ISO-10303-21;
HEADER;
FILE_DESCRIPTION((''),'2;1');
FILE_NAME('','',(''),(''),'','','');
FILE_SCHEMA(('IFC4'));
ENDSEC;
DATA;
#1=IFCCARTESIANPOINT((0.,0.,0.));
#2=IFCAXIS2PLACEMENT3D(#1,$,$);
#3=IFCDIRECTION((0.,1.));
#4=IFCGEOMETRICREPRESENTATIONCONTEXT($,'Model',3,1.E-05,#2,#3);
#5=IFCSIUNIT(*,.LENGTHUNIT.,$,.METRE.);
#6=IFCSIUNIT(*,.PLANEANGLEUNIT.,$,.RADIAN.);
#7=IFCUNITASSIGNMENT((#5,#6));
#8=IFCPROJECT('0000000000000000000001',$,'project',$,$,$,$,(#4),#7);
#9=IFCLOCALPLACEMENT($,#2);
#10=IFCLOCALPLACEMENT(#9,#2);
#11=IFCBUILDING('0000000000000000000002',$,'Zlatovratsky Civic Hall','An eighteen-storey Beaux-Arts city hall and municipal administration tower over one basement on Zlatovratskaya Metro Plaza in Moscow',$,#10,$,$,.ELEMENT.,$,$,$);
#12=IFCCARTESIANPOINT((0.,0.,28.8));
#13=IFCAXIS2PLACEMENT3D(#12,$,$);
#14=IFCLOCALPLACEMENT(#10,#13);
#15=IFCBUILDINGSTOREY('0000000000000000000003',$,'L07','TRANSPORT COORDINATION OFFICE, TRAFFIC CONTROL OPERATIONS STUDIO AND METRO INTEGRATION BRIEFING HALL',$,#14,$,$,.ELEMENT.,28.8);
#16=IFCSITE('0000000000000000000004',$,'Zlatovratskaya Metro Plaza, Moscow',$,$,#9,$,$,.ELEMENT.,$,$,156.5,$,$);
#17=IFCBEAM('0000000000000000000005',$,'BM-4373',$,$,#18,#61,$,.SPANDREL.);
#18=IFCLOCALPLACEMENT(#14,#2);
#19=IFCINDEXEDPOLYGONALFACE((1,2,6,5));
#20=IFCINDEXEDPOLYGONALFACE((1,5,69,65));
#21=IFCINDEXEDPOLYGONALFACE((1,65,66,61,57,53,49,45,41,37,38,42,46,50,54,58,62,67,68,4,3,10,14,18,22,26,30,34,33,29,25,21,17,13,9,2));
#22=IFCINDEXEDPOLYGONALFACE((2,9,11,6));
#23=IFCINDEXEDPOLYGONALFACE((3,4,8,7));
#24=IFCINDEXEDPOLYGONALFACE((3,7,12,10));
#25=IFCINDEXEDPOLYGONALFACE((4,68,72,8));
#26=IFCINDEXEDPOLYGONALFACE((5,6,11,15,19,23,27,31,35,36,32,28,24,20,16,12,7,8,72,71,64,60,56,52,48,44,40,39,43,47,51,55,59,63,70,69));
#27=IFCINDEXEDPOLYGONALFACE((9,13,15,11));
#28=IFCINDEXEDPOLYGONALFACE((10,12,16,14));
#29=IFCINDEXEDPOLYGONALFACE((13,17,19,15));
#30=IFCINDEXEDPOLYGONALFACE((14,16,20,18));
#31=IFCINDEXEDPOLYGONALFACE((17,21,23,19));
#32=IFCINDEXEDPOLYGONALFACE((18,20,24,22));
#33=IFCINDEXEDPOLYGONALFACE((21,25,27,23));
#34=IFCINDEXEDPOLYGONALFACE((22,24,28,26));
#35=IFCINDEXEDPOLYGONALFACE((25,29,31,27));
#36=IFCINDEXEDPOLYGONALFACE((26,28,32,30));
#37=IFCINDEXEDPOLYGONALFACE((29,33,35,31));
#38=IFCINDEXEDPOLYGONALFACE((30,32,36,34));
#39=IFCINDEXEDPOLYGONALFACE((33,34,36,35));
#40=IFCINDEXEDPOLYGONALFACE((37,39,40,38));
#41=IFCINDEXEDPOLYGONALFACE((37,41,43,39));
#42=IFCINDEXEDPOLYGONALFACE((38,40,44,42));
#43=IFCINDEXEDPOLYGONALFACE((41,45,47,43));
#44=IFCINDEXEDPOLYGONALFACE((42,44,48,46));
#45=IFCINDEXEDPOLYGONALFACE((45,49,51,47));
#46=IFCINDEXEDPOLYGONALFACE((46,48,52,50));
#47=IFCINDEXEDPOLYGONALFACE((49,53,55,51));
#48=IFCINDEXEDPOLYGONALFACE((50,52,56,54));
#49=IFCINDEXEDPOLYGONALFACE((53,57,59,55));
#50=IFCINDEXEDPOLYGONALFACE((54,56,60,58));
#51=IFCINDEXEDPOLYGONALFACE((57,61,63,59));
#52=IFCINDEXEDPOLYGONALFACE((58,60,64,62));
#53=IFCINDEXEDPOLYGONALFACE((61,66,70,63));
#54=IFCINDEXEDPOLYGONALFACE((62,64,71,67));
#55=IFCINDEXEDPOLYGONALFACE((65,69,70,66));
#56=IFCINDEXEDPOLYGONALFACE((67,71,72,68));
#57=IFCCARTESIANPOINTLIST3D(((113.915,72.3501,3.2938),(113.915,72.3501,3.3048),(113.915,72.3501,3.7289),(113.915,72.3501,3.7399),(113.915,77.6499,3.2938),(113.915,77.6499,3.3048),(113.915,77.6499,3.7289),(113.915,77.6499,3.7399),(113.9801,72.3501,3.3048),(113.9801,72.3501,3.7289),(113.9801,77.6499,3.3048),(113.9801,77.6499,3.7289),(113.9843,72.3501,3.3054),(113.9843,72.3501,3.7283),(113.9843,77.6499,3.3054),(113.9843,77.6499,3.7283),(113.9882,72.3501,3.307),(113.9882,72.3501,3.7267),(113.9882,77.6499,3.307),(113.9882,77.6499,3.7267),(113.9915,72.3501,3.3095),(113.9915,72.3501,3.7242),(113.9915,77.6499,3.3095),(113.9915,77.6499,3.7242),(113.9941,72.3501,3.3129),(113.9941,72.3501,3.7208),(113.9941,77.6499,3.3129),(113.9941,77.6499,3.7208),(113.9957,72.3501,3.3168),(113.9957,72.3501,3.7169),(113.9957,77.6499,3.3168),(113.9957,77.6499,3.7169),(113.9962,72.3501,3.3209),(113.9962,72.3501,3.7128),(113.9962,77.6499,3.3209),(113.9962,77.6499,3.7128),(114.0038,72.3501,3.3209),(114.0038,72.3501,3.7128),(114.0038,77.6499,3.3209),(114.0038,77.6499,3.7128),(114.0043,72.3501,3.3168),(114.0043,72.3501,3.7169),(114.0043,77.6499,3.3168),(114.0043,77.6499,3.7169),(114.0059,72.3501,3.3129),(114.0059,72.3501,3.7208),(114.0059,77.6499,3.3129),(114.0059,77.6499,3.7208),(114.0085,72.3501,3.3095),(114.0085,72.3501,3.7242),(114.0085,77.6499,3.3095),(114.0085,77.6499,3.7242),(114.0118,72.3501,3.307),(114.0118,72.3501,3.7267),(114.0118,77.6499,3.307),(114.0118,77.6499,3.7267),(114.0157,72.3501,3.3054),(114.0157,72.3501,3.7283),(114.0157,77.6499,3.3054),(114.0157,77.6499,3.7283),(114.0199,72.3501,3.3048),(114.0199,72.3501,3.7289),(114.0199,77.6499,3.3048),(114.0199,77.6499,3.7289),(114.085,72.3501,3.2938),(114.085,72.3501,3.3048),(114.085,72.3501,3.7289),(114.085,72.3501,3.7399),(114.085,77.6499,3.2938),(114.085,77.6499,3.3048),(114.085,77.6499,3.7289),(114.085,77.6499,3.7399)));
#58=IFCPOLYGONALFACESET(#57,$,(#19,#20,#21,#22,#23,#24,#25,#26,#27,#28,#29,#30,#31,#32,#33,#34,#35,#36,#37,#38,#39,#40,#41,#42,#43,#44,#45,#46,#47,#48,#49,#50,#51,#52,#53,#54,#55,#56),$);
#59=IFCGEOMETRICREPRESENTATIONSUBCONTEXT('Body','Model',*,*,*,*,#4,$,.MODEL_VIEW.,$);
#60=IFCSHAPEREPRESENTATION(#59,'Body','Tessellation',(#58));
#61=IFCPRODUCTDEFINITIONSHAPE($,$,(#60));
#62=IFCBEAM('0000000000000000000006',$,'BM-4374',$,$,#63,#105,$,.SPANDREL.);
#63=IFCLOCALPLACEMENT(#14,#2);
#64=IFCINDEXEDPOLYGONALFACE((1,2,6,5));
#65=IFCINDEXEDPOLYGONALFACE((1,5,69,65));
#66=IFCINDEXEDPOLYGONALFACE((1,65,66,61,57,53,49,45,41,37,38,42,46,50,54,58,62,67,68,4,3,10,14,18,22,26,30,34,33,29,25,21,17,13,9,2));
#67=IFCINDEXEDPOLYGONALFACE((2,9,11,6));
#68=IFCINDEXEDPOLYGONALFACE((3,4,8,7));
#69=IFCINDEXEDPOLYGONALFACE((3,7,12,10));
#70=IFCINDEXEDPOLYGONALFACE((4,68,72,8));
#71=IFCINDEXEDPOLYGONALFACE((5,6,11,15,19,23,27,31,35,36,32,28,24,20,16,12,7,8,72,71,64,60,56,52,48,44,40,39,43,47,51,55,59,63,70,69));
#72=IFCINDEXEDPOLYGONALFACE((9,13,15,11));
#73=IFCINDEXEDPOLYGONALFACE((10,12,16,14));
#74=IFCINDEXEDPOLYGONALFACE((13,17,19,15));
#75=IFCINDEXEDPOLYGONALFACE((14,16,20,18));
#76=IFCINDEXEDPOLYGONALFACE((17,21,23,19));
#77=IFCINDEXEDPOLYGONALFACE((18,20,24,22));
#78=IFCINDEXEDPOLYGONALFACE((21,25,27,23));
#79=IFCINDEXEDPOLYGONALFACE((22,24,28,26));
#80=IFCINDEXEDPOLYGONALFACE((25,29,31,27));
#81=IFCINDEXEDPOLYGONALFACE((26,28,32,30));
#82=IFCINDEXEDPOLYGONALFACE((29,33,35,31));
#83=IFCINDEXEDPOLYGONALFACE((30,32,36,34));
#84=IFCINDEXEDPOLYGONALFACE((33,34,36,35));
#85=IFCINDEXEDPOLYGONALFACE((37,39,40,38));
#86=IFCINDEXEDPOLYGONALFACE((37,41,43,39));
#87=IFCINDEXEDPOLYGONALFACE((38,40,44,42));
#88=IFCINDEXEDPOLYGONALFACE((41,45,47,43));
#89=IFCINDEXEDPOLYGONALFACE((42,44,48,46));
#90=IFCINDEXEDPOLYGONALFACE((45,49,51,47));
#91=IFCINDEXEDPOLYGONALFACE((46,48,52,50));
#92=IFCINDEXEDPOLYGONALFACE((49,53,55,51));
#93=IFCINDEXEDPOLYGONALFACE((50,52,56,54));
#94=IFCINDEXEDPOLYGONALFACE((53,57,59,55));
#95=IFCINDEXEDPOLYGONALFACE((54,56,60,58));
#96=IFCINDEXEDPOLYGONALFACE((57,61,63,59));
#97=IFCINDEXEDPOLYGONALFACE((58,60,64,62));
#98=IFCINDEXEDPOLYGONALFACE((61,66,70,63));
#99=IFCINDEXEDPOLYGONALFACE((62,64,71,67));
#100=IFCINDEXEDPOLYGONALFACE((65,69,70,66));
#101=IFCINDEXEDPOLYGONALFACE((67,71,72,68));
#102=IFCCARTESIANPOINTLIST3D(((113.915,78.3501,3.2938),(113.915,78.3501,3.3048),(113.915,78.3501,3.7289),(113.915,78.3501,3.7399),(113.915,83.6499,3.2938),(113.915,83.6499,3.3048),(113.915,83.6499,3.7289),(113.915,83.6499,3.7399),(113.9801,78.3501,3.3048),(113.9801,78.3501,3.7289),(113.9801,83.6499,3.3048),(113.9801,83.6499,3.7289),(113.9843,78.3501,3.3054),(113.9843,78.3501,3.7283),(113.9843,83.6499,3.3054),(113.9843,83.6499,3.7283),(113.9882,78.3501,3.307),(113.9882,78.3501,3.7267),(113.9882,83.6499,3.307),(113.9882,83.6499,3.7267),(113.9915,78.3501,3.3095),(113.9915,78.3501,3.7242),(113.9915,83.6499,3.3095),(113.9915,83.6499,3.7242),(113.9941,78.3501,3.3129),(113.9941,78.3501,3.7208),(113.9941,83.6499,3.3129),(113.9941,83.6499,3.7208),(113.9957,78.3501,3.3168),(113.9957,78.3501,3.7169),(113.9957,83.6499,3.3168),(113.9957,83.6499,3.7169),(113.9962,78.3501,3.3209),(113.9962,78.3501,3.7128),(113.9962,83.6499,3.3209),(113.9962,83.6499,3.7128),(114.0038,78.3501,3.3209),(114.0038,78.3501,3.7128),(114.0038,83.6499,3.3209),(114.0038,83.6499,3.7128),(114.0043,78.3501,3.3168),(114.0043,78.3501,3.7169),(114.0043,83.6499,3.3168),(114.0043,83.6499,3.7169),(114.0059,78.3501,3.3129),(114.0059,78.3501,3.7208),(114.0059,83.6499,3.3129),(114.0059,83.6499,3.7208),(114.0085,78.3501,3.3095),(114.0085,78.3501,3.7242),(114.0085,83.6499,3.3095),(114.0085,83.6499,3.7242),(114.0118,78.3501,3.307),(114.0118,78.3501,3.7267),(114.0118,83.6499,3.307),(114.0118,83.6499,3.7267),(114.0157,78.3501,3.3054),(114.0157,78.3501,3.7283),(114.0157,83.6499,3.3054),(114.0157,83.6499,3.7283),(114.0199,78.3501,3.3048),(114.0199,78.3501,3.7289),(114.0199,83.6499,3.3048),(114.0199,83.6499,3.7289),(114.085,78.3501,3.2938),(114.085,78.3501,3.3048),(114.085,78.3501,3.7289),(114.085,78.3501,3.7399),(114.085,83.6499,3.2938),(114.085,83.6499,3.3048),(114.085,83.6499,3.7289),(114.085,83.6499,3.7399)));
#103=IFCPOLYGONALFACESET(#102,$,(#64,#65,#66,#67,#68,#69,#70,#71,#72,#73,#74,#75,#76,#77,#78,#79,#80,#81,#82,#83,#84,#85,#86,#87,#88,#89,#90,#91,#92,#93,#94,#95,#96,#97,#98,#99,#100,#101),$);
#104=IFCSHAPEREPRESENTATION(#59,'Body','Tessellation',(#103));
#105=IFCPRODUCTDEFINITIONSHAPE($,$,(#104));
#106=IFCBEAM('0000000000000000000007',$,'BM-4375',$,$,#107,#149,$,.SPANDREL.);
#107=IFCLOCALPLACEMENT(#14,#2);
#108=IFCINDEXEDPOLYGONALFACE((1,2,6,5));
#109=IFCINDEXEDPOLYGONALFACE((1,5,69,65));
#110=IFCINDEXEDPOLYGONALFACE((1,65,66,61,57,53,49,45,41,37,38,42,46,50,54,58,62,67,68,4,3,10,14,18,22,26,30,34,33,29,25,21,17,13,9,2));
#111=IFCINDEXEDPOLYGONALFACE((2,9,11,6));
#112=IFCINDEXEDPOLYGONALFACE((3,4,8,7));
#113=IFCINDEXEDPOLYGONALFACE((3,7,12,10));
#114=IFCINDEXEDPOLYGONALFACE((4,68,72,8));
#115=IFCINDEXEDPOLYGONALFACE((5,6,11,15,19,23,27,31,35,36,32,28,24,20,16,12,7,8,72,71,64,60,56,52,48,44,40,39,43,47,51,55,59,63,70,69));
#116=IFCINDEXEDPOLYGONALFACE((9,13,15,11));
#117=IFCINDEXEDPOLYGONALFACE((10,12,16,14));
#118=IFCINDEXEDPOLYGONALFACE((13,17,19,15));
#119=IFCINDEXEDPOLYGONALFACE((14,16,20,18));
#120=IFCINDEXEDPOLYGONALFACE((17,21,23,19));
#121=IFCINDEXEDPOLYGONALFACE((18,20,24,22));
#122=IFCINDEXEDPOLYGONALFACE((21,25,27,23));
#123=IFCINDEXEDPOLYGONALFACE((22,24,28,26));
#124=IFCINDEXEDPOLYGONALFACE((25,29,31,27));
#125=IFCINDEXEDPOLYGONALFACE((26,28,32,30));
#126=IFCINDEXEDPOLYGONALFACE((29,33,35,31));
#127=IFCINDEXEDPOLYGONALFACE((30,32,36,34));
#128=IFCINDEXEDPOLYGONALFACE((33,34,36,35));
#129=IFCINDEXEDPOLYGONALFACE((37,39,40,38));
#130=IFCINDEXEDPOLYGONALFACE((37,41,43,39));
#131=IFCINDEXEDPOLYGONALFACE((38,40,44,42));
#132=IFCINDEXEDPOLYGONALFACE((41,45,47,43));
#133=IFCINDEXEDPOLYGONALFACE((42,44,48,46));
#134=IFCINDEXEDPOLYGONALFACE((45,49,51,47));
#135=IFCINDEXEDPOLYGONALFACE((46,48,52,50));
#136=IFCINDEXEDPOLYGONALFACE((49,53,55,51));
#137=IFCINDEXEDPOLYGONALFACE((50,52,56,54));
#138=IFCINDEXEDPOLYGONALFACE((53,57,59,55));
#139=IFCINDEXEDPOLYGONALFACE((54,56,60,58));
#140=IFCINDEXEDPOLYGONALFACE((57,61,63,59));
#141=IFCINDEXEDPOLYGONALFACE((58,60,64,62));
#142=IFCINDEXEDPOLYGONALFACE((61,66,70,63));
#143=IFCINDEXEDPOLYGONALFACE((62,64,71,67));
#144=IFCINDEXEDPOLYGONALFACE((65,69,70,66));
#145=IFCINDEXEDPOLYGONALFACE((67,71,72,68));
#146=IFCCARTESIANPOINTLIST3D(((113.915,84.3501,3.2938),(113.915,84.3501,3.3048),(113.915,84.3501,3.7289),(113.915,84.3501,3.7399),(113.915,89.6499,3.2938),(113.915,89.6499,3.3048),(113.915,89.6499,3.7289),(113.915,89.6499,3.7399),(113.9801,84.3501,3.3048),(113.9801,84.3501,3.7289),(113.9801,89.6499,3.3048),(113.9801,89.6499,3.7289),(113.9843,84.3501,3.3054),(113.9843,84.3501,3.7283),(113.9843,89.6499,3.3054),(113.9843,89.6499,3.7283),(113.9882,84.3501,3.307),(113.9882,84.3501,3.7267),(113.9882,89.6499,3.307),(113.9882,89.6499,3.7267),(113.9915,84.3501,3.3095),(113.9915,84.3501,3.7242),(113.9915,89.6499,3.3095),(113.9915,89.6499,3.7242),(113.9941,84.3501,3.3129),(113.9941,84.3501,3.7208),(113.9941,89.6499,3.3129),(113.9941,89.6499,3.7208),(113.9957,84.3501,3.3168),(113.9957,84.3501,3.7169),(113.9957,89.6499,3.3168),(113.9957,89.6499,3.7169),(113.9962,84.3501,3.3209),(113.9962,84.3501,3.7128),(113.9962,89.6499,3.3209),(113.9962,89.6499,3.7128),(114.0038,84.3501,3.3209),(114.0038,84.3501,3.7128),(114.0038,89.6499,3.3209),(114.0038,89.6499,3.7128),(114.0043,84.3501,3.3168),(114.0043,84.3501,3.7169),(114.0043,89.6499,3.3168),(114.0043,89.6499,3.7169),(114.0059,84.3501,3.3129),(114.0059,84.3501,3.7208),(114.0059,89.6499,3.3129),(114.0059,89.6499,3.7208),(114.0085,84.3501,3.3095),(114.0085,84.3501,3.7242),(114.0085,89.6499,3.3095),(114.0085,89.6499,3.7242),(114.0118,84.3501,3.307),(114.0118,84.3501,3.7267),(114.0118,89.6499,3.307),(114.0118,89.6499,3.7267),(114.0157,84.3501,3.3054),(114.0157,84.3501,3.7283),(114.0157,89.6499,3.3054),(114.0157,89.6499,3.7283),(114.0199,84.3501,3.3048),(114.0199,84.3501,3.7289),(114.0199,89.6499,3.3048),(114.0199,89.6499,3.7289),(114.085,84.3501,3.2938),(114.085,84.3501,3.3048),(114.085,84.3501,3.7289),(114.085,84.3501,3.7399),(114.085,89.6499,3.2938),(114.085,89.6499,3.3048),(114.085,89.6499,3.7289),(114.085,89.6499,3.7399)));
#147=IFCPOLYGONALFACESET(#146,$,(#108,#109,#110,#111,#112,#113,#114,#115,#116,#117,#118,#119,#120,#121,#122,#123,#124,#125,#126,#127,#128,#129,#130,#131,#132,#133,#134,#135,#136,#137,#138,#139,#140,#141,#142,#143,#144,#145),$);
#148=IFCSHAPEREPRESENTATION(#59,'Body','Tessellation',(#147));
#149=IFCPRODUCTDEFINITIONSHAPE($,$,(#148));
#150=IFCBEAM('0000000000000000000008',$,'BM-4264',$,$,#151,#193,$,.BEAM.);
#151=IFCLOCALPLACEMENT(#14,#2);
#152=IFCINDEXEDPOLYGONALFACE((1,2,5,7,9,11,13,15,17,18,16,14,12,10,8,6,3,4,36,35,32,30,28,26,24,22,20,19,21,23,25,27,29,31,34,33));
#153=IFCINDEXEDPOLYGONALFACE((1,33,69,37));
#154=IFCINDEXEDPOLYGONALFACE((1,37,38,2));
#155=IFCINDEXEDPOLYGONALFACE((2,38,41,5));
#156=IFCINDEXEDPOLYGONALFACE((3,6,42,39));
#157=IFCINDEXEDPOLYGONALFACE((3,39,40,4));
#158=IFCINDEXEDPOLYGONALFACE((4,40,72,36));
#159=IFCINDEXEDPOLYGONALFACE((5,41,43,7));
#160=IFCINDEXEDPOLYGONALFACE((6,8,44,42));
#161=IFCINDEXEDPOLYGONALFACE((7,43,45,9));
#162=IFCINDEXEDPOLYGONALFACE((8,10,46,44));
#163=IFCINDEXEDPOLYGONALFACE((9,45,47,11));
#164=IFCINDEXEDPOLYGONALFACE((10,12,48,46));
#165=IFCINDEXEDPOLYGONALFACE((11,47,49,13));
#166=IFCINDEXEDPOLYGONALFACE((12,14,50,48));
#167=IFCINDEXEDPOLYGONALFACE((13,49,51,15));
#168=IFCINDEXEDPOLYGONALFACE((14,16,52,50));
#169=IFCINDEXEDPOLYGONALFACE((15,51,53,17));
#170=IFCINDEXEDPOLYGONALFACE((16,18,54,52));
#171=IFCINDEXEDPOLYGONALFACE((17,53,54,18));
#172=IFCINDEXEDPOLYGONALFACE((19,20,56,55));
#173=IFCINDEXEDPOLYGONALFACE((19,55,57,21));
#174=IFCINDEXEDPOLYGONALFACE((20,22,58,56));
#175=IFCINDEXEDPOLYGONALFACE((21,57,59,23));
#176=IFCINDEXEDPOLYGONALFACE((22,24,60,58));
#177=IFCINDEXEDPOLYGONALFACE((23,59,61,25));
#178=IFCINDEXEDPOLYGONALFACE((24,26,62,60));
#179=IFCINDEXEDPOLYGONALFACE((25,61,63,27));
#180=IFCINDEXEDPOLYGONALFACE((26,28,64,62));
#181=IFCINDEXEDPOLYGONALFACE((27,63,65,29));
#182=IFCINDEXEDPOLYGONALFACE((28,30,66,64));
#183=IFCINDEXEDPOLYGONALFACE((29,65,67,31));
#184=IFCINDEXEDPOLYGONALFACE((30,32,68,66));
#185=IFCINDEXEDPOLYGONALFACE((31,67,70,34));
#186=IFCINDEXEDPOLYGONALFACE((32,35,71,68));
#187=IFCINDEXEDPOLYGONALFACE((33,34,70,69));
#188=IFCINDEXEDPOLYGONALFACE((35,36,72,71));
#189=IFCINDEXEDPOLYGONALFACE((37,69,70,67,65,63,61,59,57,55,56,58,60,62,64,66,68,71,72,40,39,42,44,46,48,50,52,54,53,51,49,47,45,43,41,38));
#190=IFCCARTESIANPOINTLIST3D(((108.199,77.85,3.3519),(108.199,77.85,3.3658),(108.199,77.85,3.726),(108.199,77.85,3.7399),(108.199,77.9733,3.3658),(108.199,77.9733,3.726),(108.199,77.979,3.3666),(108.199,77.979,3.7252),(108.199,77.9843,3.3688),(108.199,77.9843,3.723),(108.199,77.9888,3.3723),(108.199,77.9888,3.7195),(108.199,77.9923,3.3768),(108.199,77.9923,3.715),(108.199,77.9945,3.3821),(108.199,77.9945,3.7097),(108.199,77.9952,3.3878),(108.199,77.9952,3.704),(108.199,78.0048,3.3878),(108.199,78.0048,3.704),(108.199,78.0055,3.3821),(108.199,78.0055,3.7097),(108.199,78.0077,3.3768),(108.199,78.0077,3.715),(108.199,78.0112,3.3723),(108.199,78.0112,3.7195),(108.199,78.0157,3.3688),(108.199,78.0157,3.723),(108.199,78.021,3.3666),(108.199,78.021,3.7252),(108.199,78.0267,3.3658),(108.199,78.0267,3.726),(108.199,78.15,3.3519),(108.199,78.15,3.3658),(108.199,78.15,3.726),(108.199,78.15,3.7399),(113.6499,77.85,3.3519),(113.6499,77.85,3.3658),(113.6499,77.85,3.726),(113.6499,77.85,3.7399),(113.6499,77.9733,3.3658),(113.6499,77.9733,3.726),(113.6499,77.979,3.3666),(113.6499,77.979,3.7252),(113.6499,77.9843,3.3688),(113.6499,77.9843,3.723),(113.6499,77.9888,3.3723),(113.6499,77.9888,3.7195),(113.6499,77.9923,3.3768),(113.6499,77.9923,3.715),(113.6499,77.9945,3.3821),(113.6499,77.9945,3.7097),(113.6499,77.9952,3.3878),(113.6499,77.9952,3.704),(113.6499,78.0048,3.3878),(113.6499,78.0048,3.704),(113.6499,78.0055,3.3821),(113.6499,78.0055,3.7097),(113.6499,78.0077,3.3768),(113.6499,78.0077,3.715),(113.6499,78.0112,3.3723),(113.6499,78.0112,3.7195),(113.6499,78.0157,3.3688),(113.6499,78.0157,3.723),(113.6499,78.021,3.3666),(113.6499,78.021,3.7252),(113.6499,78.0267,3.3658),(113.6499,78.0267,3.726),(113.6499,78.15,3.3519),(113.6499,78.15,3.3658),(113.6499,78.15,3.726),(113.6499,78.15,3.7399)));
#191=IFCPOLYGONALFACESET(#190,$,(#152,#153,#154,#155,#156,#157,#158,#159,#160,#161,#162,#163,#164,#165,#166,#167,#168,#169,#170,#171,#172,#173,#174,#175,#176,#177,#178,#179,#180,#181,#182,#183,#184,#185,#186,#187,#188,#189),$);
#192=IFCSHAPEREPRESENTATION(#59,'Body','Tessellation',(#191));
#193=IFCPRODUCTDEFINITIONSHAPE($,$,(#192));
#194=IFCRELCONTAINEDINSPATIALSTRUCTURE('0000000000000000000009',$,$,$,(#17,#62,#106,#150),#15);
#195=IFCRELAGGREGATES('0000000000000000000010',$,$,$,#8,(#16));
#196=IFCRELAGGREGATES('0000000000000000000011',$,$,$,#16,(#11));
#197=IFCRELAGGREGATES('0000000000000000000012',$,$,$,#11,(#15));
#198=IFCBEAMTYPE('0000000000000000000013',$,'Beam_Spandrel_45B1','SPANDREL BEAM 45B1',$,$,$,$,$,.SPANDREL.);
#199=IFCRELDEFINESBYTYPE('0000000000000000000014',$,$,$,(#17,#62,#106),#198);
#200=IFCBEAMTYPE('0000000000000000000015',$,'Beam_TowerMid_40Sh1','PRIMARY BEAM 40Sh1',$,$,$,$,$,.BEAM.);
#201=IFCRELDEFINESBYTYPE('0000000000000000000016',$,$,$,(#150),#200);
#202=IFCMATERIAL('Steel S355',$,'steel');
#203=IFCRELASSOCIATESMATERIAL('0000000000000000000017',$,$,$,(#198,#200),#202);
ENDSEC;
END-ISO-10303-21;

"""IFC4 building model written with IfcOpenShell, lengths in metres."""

from ifc_helpers import new_model, si_unit, direction, frame, origin, origin_2d, place, context, subcontext, project, spatial, i_section, extrude, material, material_profile, profile_set, type_object, element, save


model = new_model("IFC4")

# Units and contexts
model_context = context("Model", 3, precision=1e-05, world=origin(), true_north=direction((0.0, 1.0)))
body_context = subcontext(model_context, "Body", "Model", "MODEL_VIEW")
ifc_project = project(units=[si_unit("LENGTHUNIT", "METRE"), si_unit("PLANEANGLEUNIT", "RADIAN")], contexts=[model_context])

# Site, building, storey
site_placement = place(None, origin())
site = spatial("IfcSite", under=ifc_project, at=site_placement, Name="Zlatovratskaya Metro Plaza, Moscow", CompositionType="ELEMENT", RefElevation=156.5)
building_placement = place(site_placement, origin())
building = spatial("IfcBuilding", under=site, at=building_placement, Name="Zlatovratsky Civic Hall", Description="An eighteen-storey Beaux-Arts city hall and municipal administration tower over one basement on Zlatovratskaya Metro Plaza in Moscow", CompositionType="ELEMENT")
storey_placement = place(building_placement, frame((0.0, 0.0, 28.8)))
storey = spatial("IfcBuildingStorey", under=building, at=storey_placement, Name="L07", Description="TRANSPORT COORDINATION OFFICE, TRAFFIC CONTROL OPERATIONS STUDIO AND METRO INTEGRATION BRIEFING HALL", CompositionType="ELEMENT", Elevation=28.8)

# Shared definitions
ifc_material_1 = material(Name="Steel S355", Category="steel")

# Beams
ifc_material_profile_1 = material_profile(ifc_material_1, i_section(OverallWidth=0.1699, OverallDepth=0.446, WebThickness=0.0076, FlangeThickness=0.011, FilletRadius=0.0161, at=origin_2d()), Name="45B1")
ifc_profile_set_1 = profile_set([ifc_material_profile_1], Name="Steel S355")
beam_type_1 = type_object("IfcBeamType", Name="Beam_Spandrel_45B1", Description="SPANDREL BEAM 45B1", PredefinedType="SPANDREL", material=ifc_profile_set_1)
for number, where, z_axis, x_axis, name in (
    (1, (114.0, 72.3501, 3.5168), (0.0, 1.0, 0.0), (-1.0, 0.0, 0.0), "BM-4373"),
    (2, (114.0, 78.3501, 3.5168), (0.0, 1.0, 0.0), (-1.0, 0.0, 0.0), "BM-4374"),
    (3, (114.0, 84.3501, 3.5168), (0.0, 1.0, 0.0), (-1.0, 0.0, 0.0), "BM-4375"),
):
    element("IfcBeam", number, at=place(storey_placement, frame(where, z_axis=z_axis, x_axis=x_axis)), inside=storey, type_object=beam_type_1, Name=name, PredefinedType="SPANDREL", context=body_context, shape_type="SweptSolid", body=[
        extrude(i_section(OverallWidth=0.1699, OverallDepth=0.446, WebThickness=0.0076, FlangeThickness=0.011, FilletRadius=0.0161, at=origin_2d()), origin(), (0.0, 0.0, 1.0), 5.2998),
    ])
ifc_material_profile_2 = material_profile(ifc_material_1, i_section(OverallWidth=0.3, OverallDepth=0.3879, WebThickness=0.0095, FlangeThickness=0.0139, FilletRadius=0.022, at=origin_2d()), Name="40Sh1")
ifc_profile_set_2 = profile_set([ifc_material_profile_2], Name="Steel S355")
beam_type_2 = type_object("IfcBeamType", Name="Beam_TowerMid_40Sh1", Description="PRIMARY BEAM 40Sh1", PredefinedType="BEAM", material=ifc_profile_set_2)
for number, where, z_axis, x_axis, name in (
    (4, (108.199, 78.0, 3.5459), (1.0, 0.0, 0.0), (0.0, 1.0, 0.0), "BM-4264"),
):
    element("IfcBeam", number, at=place(storey_placement, frame(where, z_axis=z_axis, x_axis=x_axis)), inside=storey, type_object=beam_type_2, Name=name, PredefinedType="BEAM", context=body_context, shape_type="SweptSolid", body=[
        extrude(i_section(OverallWidth=0.3, OverallDepth=0.3879, WebThickness=0.0095, FlangeThickness=0.0139, FilletRadius=0.022, at=origin_2d()), origin(), (0.0, 0.0, 1.0), 5.4509),
    ])

save(model, "model.ifc")
